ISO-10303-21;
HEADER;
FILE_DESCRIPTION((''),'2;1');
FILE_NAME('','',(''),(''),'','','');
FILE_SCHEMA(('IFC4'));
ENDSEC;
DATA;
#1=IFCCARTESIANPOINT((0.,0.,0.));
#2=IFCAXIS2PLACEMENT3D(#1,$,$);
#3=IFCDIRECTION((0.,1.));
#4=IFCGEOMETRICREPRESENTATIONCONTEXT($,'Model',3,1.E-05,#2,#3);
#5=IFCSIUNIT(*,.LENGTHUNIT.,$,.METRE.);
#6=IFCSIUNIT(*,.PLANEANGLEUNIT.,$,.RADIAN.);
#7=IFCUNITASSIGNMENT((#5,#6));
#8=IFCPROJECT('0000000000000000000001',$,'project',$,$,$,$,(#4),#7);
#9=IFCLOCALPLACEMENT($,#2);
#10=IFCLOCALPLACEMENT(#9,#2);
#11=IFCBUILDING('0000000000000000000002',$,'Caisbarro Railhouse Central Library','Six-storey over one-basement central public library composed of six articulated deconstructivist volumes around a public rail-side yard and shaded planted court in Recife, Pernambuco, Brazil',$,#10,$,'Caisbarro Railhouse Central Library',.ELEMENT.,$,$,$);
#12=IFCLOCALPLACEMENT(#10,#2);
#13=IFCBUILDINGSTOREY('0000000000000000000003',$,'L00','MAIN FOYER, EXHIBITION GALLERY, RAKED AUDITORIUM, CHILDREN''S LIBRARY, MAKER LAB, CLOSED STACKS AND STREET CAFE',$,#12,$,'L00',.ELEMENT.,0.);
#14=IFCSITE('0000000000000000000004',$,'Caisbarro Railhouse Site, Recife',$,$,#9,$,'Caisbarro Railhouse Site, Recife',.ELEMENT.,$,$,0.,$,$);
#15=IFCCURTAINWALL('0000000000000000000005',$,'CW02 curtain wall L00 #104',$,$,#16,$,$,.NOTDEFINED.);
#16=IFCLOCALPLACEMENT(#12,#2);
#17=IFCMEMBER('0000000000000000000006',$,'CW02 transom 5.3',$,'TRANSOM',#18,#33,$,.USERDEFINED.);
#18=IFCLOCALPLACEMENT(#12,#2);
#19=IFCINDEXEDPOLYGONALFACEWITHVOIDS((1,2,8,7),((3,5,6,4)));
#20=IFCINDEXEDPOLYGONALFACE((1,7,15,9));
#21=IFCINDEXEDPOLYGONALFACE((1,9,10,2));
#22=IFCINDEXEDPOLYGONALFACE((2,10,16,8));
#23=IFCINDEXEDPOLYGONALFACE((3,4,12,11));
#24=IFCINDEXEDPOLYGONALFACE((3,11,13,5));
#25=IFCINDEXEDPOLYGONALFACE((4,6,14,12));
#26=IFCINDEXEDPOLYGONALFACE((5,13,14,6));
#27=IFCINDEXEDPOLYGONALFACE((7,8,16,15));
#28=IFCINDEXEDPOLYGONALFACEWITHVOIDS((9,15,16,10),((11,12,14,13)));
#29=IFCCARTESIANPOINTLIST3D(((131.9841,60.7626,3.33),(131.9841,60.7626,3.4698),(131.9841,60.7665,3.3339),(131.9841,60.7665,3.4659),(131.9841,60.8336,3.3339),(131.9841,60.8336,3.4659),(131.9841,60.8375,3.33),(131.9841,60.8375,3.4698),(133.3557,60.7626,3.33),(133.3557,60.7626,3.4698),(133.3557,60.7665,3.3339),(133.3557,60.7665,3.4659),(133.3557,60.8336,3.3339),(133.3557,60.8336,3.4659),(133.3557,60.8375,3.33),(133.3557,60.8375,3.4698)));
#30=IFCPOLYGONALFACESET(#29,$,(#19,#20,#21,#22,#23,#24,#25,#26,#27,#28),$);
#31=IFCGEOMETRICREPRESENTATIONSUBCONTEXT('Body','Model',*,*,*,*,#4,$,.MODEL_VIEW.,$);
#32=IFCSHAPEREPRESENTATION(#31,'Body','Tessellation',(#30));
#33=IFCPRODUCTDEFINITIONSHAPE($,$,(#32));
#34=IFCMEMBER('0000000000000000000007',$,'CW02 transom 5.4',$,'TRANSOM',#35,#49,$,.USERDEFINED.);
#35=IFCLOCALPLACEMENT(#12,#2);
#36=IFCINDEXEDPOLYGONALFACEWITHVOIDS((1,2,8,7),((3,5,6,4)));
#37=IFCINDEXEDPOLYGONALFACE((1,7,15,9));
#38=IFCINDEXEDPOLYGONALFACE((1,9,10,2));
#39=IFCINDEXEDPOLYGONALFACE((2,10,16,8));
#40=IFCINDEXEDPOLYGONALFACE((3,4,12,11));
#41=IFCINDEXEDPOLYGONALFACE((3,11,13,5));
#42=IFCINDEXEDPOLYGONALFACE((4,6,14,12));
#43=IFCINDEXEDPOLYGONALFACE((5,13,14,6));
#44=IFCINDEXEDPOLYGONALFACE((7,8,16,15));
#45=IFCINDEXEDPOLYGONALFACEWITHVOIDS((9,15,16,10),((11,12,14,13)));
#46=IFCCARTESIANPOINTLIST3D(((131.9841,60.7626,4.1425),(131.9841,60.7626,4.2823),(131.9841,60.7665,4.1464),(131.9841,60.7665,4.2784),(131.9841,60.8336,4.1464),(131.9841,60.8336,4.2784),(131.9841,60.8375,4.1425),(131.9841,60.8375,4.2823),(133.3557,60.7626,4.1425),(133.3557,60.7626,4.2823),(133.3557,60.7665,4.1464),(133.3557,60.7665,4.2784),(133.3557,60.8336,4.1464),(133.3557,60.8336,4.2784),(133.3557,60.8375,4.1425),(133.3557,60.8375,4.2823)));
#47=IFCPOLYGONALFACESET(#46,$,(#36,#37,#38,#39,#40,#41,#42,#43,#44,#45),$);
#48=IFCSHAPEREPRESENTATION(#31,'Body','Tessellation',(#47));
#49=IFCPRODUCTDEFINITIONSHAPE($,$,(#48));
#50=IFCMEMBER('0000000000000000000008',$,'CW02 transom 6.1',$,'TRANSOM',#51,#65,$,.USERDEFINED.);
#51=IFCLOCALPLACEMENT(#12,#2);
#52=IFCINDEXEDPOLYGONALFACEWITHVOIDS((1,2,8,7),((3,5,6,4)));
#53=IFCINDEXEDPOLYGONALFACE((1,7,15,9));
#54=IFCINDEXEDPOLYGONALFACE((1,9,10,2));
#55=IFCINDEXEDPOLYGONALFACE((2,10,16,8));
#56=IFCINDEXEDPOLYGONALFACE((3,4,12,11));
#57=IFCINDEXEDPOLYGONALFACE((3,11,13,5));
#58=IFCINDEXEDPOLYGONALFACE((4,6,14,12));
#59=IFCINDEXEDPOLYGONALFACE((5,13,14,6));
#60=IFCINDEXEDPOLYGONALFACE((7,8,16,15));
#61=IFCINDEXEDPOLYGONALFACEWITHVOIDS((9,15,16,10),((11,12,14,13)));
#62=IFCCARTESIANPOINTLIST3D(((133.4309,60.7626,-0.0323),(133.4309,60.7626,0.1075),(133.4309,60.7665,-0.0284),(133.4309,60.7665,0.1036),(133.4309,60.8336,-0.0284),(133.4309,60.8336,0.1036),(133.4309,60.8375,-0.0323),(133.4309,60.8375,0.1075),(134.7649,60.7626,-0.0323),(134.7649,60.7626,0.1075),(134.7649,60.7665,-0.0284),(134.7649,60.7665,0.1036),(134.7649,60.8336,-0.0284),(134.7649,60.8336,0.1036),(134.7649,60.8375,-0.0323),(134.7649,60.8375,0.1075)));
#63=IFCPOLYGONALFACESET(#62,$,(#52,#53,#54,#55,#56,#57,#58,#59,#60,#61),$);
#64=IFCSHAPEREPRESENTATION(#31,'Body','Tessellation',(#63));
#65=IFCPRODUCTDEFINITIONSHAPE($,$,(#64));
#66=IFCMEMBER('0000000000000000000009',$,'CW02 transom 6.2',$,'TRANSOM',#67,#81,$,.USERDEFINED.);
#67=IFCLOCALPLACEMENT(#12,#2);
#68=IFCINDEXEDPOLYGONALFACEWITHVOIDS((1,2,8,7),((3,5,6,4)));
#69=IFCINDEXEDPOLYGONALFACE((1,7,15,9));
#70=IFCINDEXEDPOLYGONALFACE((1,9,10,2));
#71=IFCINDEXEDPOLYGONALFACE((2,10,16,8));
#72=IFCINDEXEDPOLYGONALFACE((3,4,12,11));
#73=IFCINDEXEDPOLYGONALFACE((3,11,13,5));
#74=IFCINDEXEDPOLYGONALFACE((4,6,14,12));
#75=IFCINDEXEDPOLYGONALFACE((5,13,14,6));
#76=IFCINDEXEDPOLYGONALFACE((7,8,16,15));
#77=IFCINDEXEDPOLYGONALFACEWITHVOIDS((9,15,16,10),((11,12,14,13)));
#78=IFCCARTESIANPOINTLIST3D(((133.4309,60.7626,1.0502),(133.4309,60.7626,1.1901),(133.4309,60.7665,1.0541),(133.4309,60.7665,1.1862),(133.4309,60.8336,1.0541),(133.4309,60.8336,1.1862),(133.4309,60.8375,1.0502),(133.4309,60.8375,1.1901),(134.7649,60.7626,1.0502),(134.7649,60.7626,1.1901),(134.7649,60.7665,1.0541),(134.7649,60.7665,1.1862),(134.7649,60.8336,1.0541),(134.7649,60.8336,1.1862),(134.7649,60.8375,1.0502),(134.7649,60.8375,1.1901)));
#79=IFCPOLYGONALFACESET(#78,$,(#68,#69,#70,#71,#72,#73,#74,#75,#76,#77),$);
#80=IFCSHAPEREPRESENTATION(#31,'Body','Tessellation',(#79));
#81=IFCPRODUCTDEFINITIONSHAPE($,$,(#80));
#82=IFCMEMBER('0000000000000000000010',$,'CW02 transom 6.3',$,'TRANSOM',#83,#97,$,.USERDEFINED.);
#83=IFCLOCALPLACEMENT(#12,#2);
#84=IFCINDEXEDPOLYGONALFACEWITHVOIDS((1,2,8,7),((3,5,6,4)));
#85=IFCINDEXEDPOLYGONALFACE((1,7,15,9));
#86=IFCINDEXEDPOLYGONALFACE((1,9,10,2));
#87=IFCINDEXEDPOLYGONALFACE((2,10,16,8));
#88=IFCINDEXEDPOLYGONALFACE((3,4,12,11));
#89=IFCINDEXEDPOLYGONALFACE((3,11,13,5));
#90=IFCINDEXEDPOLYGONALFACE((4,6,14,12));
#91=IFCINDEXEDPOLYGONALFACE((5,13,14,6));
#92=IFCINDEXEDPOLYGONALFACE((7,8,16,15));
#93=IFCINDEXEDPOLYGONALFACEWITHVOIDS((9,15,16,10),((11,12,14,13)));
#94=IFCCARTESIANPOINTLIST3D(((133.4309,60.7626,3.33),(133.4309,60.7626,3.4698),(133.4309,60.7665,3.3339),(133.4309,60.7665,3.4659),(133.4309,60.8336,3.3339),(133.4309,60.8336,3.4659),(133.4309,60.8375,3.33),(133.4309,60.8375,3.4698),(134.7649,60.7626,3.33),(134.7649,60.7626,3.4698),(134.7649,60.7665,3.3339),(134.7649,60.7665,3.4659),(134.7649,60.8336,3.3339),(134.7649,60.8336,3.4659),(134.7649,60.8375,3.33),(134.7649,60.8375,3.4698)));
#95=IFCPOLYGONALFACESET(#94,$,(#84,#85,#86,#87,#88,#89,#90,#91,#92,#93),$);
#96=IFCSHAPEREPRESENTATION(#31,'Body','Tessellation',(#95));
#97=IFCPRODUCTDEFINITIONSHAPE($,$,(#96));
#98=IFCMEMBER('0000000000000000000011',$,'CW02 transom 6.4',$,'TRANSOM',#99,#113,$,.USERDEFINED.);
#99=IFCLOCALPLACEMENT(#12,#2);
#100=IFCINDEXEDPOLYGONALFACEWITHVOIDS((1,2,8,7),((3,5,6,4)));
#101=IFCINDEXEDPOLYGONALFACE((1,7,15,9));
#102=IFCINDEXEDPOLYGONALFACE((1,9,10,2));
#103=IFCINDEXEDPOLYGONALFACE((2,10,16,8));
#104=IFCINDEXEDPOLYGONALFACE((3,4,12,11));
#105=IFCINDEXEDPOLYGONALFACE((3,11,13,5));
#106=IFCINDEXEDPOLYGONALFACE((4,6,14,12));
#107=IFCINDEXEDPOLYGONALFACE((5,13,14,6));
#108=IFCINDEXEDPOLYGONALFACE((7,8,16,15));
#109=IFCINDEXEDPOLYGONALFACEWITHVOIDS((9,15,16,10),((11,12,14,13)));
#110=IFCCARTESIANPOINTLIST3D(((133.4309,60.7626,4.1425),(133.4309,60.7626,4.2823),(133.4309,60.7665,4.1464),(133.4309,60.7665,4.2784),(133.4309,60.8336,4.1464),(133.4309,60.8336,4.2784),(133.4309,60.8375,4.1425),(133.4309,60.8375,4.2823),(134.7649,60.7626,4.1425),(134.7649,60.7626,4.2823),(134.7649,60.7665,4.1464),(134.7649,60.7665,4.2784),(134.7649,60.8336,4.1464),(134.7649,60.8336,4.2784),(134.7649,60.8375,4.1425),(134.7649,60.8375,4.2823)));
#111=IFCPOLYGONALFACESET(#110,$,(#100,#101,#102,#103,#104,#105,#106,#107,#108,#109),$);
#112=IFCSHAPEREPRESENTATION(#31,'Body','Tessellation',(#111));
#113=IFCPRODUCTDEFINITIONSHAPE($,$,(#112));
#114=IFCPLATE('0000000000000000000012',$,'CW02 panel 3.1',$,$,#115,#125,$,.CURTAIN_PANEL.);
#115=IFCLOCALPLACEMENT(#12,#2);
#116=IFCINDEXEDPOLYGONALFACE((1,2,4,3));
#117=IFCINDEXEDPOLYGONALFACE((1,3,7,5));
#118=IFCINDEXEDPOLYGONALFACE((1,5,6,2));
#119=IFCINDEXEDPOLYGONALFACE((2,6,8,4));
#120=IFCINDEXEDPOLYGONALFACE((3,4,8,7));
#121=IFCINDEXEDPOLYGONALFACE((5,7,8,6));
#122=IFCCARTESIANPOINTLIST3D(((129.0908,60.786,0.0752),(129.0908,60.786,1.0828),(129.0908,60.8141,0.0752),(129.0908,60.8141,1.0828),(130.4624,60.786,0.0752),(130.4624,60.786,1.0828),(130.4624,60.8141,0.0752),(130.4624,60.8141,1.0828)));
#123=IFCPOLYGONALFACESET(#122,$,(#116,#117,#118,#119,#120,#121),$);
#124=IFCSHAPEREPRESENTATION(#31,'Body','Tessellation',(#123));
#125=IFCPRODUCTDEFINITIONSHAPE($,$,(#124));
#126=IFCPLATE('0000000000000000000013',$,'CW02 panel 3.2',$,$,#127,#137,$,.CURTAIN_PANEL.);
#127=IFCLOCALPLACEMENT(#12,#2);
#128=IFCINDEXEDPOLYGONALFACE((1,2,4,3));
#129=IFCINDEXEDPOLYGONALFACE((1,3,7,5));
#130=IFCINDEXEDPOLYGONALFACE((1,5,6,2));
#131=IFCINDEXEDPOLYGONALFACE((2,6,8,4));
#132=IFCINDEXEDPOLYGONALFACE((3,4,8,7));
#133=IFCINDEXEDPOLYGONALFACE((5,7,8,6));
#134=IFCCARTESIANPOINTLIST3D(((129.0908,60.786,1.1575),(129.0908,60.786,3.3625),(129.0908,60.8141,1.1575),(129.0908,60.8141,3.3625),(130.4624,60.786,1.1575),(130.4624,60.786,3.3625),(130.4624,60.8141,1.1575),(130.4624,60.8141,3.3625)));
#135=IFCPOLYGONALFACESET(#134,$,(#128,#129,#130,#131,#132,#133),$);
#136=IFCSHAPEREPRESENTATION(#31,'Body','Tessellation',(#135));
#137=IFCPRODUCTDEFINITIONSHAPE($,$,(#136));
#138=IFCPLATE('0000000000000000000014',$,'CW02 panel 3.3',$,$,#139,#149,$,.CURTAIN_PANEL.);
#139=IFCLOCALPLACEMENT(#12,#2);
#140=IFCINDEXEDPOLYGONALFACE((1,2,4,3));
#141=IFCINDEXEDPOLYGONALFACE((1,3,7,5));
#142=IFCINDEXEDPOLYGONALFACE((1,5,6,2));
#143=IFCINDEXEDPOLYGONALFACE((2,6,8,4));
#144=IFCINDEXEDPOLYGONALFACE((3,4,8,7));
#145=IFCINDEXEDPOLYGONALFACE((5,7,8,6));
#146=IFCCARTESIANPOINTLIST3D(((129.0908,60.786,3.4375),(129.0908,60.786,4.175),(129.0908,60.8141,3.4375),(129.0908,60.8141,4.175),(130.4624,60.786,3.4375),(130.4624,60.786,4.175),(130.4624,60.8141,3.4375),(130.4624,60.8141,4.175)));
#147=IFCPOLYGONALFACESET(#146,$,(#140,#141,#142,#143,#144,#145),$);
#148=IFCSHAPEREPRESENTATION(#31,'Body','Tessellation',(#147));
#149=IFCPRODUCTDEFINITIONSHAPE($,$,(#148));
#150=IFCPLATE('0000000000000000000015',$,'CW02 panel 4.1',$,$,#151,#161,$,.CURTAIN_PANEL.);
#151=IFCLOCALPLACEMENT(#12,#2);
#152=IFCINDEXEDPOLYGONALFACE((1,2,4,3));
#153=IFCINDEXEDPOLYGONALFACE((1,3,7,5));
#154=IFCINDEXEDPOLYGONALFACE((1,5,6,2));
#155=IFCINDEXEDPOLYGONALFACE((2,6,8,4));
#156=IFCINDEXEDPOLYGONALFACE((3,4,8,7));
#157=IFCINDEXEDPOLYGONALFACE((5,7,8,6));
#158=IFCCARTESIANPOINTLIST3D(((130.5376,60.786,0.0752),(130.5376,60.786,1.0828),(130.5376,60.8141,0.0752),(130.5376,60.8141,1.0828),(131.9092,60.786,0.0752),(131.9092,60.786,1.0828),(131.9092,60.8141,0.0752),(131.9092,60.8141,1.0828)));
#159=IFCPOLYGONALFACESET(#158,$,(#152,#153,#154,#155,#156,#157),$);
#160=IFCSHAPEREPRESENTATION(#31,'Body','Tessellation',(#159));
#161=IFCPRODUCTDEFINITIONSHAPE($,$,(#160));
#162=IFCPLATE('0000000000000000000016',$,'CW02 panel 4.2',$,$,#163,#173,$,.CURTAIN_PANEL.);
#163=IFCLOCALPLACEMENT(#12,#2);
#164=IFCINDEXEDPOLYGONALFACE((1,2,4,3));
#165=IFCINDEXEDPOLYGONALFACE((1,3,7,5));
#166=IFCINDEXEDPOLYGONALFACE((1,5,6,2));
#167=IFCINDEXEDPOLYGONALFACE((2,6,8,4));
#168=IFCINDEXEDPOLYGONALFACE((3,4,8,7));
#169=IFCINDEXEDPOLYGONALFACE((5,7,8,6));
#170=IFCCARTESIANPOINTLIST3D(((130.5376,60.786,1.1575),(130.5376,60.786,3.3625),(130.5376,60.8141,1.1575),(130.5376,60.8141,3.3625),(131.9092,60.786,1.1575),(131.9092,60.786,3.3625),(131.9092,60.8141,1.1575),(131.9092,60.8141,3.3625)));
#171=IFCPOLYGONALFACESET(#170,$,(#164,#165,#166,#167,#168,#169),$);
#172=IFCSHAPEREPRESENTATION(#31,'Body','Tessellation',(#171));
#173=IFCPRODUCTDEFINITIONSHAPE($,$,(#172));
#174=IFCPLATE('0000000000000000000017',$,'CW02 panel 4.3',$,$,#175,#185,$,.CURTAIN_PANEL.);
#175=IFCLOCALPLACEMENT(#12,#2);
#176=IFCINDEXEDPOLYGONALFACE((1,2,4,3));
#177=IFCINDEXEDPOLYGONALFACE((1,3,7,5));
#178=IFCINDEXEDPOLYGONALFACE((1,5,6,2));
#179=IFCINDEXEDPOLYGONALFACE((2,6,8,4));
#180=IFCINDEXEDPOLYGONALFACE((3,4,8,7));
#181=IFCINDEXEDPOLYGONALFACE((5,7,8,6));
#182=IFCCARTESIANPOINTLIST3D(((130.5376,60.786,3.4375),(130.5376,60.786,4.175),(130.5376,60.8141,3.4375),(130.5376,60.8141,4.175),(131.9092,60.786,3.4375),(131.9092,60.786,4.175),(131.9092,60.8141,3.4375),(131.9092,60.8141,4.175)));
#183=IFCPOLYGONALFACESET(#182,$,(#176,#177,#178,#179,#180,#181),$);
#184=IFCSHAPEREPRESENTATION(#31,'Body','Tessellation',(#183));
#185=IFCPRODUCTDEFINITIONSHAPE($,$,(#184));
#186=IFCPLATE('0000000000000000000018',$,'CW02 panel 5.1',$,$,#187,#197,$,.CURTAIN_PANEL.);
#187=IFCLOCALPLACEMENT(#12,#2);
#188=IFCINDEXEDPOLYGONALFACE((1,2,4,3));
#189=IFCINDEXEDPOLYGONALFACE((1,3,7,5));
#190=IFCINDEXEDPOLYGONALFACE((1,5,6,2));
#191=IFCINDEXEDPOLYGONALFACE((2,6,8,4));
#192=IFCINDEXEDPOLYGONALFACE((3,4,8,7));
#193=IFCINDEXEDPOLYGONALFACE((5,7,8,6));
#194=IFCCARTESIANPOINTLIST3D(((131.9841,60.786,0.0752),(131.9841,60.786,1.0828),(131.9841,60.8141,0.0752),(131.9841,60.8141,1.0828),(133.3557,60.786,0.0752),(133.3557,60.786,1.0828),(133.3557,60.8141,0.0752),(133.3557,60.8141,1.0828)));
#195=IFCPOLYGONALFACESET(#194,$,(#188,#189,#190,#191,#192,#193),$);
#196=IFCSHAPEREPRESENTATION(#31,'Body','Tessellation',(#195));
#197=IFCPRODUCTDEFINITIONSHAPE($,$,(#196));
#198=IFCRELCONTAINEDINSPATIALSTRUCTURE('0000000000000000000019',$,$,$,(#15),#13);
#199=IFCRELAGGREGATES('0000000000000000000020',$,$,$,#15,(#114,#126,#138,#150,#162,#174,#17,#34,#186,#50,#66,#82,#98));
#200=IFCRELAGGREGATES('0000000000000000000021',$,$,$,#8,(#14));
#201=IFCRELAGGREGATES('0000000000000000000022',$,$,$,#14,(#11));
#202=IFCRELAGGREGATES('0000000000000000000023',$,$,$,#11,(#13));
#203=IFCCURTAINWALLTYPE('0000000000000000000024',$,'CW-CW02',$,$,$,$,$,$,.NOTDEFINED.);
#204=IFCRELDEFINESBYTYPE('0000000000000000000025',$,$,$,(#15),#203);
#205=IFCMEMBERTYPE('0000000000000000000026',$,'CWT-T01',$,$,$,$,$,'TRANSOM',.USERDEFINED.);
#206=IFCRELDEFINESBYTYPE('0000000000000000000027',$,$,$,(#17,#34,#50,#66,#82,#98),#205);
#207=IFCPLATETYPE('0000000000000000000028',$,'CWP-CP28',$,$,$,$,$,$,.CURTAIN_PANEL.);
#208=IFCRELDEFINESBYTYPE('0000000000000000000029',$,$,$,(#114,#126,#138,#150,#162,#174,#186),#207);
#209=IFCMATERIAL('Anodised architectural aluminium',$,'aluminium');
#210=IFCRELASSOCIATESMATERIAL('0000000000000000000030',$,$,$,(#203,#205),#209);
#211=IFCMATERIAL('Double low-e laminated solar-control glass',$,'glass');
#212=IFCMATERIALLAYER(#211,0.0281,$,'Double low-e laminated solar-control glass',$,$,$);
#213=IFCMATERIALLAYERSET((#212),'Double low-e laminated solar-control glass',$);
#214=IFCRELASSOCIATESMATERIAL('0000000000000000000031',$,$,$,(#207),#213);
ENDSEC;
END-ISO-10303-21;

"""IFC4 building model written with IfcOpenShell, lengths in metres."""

from ifc_helpers import new_model, si_unit, direction, frame, origin, origin_2d, place, context, subcontext, project, spatial, rectangle, hollow_rectangle, extrude, material, layer, layer_set, material_profile, profile_set, type_object, element, aggregate, save


model = new_model("IFC4")

# Units and contexts
model_context = context("Model", 3, precision=1e-05, world=origin(), true_north=direction((0.0, 1.0)))
body_context = subcontext(model_context, "Body", "Model", "MODEL_VIEW")
ifc_project = project(units=[si_unit("LENGTHUNIT", "METRE"), si_unit("PLANEANGLEUNIT", "RADIAN")], contexts=[model_context])

# Site, building, storey
site_placement = place(None, origin())
site = spatial("IfcSite", under=ifc_project, at=site_placement, Name="Caisbarro Railhouse Site, Recife", LongName="Caisbarro Railhouse Site, Recife", CompositionType="ELEMENT", RefElevation=0.0)
building_placement = place(site_placement, origin())
building = spatial("IfcBuilding", under=site, at=building_placement, Name="Caisbarro Railhouse Central Library", Description="Six-storey over one-basement central public library composed of six articulated deconstructivist volumes around a public rail-side yard and shaded planted court in Recife, Pernambuco, Brazil", LongName="Caisbarro Railhouse Central Library", CompositionType="ELEMENT")
storey_placement = place(building_placement, origin())
storey = spatial("IfcBuildingStorey", under=building, at=storey_placement, Name="L00", Description="MAIN FOYER, EXHIBITION GALLERY, RAKED AUDITORIUM, CHILDREN'S LIBRARY, MAKER LAB, CLOSED STACKS AND STREET CAFE", LongName="L00", CompositionType="ELEMENT", Elevation=0.0)

# Curtain wall, members, plates
ifc_material_1 = material(Name="Anodised architectural aluminium", Category="aluminium")
curtain_wall_type = type_object("IfcCurtainWallType", Name="CW-CW02", PredefinedType="NOTDEFINED", material=ifc_material_1)
curtain_wall_placement = place(storey_placement, origin())
curtain_wall = element("IfcCurtainWall", 1, at=curtain_wall_placement, inside=storey, type_object=curtain_wall_type, Name="CW02 curtain wall L00 #104", PredefinedType="NOTDEFINED")
ifc_material_profile_1 = material_profile(ifc_material_1, hollow_rectangle(XDim=0.075, YDim=0.1399, WallThickness=0.0039, at=origin_2d()), Name="ALU-TRN-75X140")
ifc_profile_set_1 = profile_set([ifc_material_profile_1], Name="Anodised architectural aluminium")
member_type_1 = type_object("IfcMemberType", Name="CWT-T01", ElementType="TRANSOM", PredefinedType="USERDEFINED", material=ifc_profile_set_1)
member_1_placement = place(storey_placement, frame((131.9841, 60.8, 3.3999), z_axis=(1.0, 0.0, 0.0), x_axis=(0.0, 1.0, 0.0)))
member_1 = element("IfcMember", 2, at=member_1_placement, type_object=member_type_1, Name="CW02 transom 5.3", ObjectType="TRANSOM", PredefinedType="USERDEFINED", context=body_context, shape_type="SweptSolid", body=[
    extrude(hollow_rectangle(XDim=0.075, YDim=0.1399, WallThickness=0.0039, at=origin_2d()), origin(), (0.0, 0.0, 1.0), 1.3716),
])
member_2_placement = place(storey_placement, frame((131.9841, 60.8, 4.2124), z_axis=(1.0, 0.0, 0.0), x_axis=(0.0, 1.0, 0.0)))
member_2 = element("IfcMember", 3, at=member_2_placement, type_object=member_type_1, Name="CW02 transom 5.4", ObjectType="TRANSOM", PredefinedType="USERDEFINED", context=body_context, shape_type="SweptSolid", body=[
    extrude(hollow_rectangle(XDim=0.075, YDim=0.1399, WallThickness=0.0039, at=origin_2d()), origin(), (0.0, 0.0, 1.0), 1.3716),
])
member_3_placement = place(storey_placement, frame((133.4309, 60.8, 0.0376), z_axis=(1.0, 0.0, 0.0), x_axis=(0.0, 1.0, 0.0)))
member_3 = element("IfcMember", 4, at=member_3_placement, type_object=member_type_1, Name="CW02 transom 6.1", ObjectType="TRANSOM", PredefinedType="USERDEFINED", context=body_context, shape_type="SweptSolid", body=[
    extrude(hollow_rectangle(XDim=0.075, YDim=0.1399, WallThickness=0.0039, at=origin_2d()), origin(), (0.0, 0.0, 1.0), 1.334),
])
member_4_placement = place(storey_placement, frame((133.4309, 60.8, 1.1201), z_axis=(1.0, 0.0, 0.0), x_axis=(0.0, 1.0, 0.0)))
member_4 = element("IfcMember", 5, at=member_4_placement, type_object=member_type_1, Name="CW02 transom 6.2", ObjectType="TRANSOM", PredefinedType="USERDEFINED", context=body_context, shape_type="SweptSolid", body=[
    extrude(hollow_rectangle(XDim=0.075, YDim=0.1399, WallThickness=0.0039, at=origin_2d()), origin(), (0.0, 0.0, 1.0), 1.334),
])
member_5_placement = place(storey_placement, frame((133.4309, 60.8, 3.3999), z_axis=(1.0, 0.0, 0.0), x_axis=(0.0, 1.0, 0.0)))
member_5 = element("IfcMember", 6, at=member_5_placement, type_object=member_type_1, Name="CW02 transom 6.3", ObjectType="TRANSOM", PredefinedType="USERDEFINED", context=body_context, shape_type="SweptSolid", body=[
    extrude(hollow_rectangle(XDim=0.075, YDim=0.1399, WallThickness=0.0039, at=origin_2d()), origin(), (0.0, 0.0, 1.0), 1.334),
])
member_6_placement = place(storey_placement, frame((133.4309, 60.8, 4.2124), z_axis=(1.0, 0.0, 0.0), x_axis=(0.0, 1.0, 0.0)))
member_6 = element("IfcMember", 7, at=member_6_placement, type_object=member_type_1, Name="CW02 transom 6.4", ObjectType="TRANSOM", PredefinedType="USERDEFINED", context=body_context, shape_type="SweptSolid", body=[
    extrude(hollow_rectangle(XDim=0.075, YDim=0.1399, WallThickness=0.0039, at=origin_2d()), origin(), (0.0, 0.0, 1.0), 1.334),
])
ifc_material_2 = material(Name="Double low-e laminated solar-control glass", Category="glass")
ifc_layer = layer(ifc_material_2, 0.0281, Name="Double low-e laminated solar-control glass")
ifc_layer_set = layer_set([ifc_layer], Name="Double low-e laminated solar-control glass")
plate_type = type_object("IfcPlateType", Name="CWP-CP28", PredefinedType="CURTAIN_PANEL", material=ifc_layer_set)
plate_1_placement = place(storey_placement, frame((129.7766, 60.8, 0.0752), z_axis=(0.0, 0.0, 1.0), x_axis=(1.0, 0.0, 0.0)))
plate_1 = element("IfcPlate", 8, at=plate_1_placement, type_object=plate_type, Name="CW02 panel 3.1", PredefinedType="CURTAIN_PANEL", context=body_context, shape_type="SweptSolid", body=[
    extrude(rectangle(XDim=1.3716, YDim=0.0281, at=origin_2d()), origin(), (0.0, 0.0, 1.0), 1.0076),
])
plate_2_placement = place(storey_placement, frame((129.7766, 60.8, 1.1575), z_axis=(0.0, 0.0, 1.0), x_axis=(1.0, 0.0, 0.0)))
plate_2 = element("IfcPlate", 9, at=plate_2_placement, type_object=plate_type, Name="CW02 panel 3.2", PredefinedType="CURTAIN_PANEL", context=body_context, shape_type="SweptSolid", body=[
    extrude(rectangle(XDim=1.3716, YDim=0.0281, at=origin_2d()), origin(), (0.0, 0.0, 1.0), 2.2051),
])
plate_3_placement = place(storey_placement, frame((129.7766, 60.8, 3.4375), z_axis=(0.0, 0.0, 1.0), x_axis=(1.0, 0.0, 0.0)))
plate_3 = element("IfcPlate", 10, at=plate_3_placement, type_object=plate_type, Name="CW02 panel 3.3", PredefinedType="CURTAIN_PANEL", context=body_context, shape_type="SweptSolid", body=[
    extrude(rectangle(XDim=1.3716, YDim=0.0281, at=origin_2d()), origin(), (0.0, 0.0, 1.0), 0.7375),
])
plate_4_placement = place(storey_placement, frame((131.2234, 60.8, 0.0752), z_axis=(0.0, 0.0, 1.0), x_axis=(1.0, 0.0, 0.0)))
plate_4 = element("IfcPlate", 11, at=plate_4_placement, type_object=plate_type, Name="CW02 panel 4.1", PredefinedType="CURTAIN_PANEL", context=body_context, shape_type="SweptSolid", body=[
    extrude(rectangle(XDim=1.3716, YDim=0.0281, at=origin_2d()), origin(), (0.0, 0.0, 1.0), 1.0076),
])
plate_5_placement = place(storey_placement, frame((131.2234, 60.8, 1.1575), z_axis=(0.0, 0.0, 1.0), x_axis=(1.0, 0.0, 0.0)))
plate_5 = element("IfcPlate", 12, at=plate_5_placement, type_object=plate_type, Name="CW02 panel 4.2", PredefinedType="CURTAIN_PANEL", context=body_context, shape_type="SweptSolid", body=[
    extrude(rectangle(XDim=1.3716, YDim=0.0281, at=origin_2d()), origin(), (0.0, 0.0, 1.0), 2.2051),
])
plate_6_placement = place(storey_placement, frame((131.2234, 60.8, 3.4375), z_axis=(0.0, 0.0, 1.0), x_axis=(1.0, 0.0, 0.0)))
plate_6 = element("IfcPlate", 13, at=plate_6_placement, type_object=plate_type, Name="CW02 panel 4.3", PredefinedType="CURTAIN_PANEL", context=body_context, shape_type="SweptSolid", body=[
    extrude(rectangle(XDim=1.3716, YDim=0.0281, at=origin_2d()), origin(), (0.0, 0.0, 1.0), 0.7375),
])
plate_7_placement = place(storey_placement, frame((132.6699, 60.8, 0.0752), z_axis=(0.0, 0.0, 1.0), x_axis=(1.0, 0.0, 0.0)))
plate_7 = element("IfcPlate", 14, at=plate_7_placement, type_object=plate_type, Name="CW02 panel 5.1", PredefinedType="CURTAIN_PANEL", context=body_context, shape_type="SweptSolid", body=[
    extrude(rectangle(XDim=1.3716, YDim=0.0281, at=origin_2d()), origin(), (0.0, 0.0, 1.0), 1.0076),
])
aggregate(curtain_wall, [plate_1, plate_2, plate_3, plate_4, plate_5, plate_6, member_1, member_2, plate_7, member_3, member_4, member_5, member_6])

save(model, "model.ifc")
